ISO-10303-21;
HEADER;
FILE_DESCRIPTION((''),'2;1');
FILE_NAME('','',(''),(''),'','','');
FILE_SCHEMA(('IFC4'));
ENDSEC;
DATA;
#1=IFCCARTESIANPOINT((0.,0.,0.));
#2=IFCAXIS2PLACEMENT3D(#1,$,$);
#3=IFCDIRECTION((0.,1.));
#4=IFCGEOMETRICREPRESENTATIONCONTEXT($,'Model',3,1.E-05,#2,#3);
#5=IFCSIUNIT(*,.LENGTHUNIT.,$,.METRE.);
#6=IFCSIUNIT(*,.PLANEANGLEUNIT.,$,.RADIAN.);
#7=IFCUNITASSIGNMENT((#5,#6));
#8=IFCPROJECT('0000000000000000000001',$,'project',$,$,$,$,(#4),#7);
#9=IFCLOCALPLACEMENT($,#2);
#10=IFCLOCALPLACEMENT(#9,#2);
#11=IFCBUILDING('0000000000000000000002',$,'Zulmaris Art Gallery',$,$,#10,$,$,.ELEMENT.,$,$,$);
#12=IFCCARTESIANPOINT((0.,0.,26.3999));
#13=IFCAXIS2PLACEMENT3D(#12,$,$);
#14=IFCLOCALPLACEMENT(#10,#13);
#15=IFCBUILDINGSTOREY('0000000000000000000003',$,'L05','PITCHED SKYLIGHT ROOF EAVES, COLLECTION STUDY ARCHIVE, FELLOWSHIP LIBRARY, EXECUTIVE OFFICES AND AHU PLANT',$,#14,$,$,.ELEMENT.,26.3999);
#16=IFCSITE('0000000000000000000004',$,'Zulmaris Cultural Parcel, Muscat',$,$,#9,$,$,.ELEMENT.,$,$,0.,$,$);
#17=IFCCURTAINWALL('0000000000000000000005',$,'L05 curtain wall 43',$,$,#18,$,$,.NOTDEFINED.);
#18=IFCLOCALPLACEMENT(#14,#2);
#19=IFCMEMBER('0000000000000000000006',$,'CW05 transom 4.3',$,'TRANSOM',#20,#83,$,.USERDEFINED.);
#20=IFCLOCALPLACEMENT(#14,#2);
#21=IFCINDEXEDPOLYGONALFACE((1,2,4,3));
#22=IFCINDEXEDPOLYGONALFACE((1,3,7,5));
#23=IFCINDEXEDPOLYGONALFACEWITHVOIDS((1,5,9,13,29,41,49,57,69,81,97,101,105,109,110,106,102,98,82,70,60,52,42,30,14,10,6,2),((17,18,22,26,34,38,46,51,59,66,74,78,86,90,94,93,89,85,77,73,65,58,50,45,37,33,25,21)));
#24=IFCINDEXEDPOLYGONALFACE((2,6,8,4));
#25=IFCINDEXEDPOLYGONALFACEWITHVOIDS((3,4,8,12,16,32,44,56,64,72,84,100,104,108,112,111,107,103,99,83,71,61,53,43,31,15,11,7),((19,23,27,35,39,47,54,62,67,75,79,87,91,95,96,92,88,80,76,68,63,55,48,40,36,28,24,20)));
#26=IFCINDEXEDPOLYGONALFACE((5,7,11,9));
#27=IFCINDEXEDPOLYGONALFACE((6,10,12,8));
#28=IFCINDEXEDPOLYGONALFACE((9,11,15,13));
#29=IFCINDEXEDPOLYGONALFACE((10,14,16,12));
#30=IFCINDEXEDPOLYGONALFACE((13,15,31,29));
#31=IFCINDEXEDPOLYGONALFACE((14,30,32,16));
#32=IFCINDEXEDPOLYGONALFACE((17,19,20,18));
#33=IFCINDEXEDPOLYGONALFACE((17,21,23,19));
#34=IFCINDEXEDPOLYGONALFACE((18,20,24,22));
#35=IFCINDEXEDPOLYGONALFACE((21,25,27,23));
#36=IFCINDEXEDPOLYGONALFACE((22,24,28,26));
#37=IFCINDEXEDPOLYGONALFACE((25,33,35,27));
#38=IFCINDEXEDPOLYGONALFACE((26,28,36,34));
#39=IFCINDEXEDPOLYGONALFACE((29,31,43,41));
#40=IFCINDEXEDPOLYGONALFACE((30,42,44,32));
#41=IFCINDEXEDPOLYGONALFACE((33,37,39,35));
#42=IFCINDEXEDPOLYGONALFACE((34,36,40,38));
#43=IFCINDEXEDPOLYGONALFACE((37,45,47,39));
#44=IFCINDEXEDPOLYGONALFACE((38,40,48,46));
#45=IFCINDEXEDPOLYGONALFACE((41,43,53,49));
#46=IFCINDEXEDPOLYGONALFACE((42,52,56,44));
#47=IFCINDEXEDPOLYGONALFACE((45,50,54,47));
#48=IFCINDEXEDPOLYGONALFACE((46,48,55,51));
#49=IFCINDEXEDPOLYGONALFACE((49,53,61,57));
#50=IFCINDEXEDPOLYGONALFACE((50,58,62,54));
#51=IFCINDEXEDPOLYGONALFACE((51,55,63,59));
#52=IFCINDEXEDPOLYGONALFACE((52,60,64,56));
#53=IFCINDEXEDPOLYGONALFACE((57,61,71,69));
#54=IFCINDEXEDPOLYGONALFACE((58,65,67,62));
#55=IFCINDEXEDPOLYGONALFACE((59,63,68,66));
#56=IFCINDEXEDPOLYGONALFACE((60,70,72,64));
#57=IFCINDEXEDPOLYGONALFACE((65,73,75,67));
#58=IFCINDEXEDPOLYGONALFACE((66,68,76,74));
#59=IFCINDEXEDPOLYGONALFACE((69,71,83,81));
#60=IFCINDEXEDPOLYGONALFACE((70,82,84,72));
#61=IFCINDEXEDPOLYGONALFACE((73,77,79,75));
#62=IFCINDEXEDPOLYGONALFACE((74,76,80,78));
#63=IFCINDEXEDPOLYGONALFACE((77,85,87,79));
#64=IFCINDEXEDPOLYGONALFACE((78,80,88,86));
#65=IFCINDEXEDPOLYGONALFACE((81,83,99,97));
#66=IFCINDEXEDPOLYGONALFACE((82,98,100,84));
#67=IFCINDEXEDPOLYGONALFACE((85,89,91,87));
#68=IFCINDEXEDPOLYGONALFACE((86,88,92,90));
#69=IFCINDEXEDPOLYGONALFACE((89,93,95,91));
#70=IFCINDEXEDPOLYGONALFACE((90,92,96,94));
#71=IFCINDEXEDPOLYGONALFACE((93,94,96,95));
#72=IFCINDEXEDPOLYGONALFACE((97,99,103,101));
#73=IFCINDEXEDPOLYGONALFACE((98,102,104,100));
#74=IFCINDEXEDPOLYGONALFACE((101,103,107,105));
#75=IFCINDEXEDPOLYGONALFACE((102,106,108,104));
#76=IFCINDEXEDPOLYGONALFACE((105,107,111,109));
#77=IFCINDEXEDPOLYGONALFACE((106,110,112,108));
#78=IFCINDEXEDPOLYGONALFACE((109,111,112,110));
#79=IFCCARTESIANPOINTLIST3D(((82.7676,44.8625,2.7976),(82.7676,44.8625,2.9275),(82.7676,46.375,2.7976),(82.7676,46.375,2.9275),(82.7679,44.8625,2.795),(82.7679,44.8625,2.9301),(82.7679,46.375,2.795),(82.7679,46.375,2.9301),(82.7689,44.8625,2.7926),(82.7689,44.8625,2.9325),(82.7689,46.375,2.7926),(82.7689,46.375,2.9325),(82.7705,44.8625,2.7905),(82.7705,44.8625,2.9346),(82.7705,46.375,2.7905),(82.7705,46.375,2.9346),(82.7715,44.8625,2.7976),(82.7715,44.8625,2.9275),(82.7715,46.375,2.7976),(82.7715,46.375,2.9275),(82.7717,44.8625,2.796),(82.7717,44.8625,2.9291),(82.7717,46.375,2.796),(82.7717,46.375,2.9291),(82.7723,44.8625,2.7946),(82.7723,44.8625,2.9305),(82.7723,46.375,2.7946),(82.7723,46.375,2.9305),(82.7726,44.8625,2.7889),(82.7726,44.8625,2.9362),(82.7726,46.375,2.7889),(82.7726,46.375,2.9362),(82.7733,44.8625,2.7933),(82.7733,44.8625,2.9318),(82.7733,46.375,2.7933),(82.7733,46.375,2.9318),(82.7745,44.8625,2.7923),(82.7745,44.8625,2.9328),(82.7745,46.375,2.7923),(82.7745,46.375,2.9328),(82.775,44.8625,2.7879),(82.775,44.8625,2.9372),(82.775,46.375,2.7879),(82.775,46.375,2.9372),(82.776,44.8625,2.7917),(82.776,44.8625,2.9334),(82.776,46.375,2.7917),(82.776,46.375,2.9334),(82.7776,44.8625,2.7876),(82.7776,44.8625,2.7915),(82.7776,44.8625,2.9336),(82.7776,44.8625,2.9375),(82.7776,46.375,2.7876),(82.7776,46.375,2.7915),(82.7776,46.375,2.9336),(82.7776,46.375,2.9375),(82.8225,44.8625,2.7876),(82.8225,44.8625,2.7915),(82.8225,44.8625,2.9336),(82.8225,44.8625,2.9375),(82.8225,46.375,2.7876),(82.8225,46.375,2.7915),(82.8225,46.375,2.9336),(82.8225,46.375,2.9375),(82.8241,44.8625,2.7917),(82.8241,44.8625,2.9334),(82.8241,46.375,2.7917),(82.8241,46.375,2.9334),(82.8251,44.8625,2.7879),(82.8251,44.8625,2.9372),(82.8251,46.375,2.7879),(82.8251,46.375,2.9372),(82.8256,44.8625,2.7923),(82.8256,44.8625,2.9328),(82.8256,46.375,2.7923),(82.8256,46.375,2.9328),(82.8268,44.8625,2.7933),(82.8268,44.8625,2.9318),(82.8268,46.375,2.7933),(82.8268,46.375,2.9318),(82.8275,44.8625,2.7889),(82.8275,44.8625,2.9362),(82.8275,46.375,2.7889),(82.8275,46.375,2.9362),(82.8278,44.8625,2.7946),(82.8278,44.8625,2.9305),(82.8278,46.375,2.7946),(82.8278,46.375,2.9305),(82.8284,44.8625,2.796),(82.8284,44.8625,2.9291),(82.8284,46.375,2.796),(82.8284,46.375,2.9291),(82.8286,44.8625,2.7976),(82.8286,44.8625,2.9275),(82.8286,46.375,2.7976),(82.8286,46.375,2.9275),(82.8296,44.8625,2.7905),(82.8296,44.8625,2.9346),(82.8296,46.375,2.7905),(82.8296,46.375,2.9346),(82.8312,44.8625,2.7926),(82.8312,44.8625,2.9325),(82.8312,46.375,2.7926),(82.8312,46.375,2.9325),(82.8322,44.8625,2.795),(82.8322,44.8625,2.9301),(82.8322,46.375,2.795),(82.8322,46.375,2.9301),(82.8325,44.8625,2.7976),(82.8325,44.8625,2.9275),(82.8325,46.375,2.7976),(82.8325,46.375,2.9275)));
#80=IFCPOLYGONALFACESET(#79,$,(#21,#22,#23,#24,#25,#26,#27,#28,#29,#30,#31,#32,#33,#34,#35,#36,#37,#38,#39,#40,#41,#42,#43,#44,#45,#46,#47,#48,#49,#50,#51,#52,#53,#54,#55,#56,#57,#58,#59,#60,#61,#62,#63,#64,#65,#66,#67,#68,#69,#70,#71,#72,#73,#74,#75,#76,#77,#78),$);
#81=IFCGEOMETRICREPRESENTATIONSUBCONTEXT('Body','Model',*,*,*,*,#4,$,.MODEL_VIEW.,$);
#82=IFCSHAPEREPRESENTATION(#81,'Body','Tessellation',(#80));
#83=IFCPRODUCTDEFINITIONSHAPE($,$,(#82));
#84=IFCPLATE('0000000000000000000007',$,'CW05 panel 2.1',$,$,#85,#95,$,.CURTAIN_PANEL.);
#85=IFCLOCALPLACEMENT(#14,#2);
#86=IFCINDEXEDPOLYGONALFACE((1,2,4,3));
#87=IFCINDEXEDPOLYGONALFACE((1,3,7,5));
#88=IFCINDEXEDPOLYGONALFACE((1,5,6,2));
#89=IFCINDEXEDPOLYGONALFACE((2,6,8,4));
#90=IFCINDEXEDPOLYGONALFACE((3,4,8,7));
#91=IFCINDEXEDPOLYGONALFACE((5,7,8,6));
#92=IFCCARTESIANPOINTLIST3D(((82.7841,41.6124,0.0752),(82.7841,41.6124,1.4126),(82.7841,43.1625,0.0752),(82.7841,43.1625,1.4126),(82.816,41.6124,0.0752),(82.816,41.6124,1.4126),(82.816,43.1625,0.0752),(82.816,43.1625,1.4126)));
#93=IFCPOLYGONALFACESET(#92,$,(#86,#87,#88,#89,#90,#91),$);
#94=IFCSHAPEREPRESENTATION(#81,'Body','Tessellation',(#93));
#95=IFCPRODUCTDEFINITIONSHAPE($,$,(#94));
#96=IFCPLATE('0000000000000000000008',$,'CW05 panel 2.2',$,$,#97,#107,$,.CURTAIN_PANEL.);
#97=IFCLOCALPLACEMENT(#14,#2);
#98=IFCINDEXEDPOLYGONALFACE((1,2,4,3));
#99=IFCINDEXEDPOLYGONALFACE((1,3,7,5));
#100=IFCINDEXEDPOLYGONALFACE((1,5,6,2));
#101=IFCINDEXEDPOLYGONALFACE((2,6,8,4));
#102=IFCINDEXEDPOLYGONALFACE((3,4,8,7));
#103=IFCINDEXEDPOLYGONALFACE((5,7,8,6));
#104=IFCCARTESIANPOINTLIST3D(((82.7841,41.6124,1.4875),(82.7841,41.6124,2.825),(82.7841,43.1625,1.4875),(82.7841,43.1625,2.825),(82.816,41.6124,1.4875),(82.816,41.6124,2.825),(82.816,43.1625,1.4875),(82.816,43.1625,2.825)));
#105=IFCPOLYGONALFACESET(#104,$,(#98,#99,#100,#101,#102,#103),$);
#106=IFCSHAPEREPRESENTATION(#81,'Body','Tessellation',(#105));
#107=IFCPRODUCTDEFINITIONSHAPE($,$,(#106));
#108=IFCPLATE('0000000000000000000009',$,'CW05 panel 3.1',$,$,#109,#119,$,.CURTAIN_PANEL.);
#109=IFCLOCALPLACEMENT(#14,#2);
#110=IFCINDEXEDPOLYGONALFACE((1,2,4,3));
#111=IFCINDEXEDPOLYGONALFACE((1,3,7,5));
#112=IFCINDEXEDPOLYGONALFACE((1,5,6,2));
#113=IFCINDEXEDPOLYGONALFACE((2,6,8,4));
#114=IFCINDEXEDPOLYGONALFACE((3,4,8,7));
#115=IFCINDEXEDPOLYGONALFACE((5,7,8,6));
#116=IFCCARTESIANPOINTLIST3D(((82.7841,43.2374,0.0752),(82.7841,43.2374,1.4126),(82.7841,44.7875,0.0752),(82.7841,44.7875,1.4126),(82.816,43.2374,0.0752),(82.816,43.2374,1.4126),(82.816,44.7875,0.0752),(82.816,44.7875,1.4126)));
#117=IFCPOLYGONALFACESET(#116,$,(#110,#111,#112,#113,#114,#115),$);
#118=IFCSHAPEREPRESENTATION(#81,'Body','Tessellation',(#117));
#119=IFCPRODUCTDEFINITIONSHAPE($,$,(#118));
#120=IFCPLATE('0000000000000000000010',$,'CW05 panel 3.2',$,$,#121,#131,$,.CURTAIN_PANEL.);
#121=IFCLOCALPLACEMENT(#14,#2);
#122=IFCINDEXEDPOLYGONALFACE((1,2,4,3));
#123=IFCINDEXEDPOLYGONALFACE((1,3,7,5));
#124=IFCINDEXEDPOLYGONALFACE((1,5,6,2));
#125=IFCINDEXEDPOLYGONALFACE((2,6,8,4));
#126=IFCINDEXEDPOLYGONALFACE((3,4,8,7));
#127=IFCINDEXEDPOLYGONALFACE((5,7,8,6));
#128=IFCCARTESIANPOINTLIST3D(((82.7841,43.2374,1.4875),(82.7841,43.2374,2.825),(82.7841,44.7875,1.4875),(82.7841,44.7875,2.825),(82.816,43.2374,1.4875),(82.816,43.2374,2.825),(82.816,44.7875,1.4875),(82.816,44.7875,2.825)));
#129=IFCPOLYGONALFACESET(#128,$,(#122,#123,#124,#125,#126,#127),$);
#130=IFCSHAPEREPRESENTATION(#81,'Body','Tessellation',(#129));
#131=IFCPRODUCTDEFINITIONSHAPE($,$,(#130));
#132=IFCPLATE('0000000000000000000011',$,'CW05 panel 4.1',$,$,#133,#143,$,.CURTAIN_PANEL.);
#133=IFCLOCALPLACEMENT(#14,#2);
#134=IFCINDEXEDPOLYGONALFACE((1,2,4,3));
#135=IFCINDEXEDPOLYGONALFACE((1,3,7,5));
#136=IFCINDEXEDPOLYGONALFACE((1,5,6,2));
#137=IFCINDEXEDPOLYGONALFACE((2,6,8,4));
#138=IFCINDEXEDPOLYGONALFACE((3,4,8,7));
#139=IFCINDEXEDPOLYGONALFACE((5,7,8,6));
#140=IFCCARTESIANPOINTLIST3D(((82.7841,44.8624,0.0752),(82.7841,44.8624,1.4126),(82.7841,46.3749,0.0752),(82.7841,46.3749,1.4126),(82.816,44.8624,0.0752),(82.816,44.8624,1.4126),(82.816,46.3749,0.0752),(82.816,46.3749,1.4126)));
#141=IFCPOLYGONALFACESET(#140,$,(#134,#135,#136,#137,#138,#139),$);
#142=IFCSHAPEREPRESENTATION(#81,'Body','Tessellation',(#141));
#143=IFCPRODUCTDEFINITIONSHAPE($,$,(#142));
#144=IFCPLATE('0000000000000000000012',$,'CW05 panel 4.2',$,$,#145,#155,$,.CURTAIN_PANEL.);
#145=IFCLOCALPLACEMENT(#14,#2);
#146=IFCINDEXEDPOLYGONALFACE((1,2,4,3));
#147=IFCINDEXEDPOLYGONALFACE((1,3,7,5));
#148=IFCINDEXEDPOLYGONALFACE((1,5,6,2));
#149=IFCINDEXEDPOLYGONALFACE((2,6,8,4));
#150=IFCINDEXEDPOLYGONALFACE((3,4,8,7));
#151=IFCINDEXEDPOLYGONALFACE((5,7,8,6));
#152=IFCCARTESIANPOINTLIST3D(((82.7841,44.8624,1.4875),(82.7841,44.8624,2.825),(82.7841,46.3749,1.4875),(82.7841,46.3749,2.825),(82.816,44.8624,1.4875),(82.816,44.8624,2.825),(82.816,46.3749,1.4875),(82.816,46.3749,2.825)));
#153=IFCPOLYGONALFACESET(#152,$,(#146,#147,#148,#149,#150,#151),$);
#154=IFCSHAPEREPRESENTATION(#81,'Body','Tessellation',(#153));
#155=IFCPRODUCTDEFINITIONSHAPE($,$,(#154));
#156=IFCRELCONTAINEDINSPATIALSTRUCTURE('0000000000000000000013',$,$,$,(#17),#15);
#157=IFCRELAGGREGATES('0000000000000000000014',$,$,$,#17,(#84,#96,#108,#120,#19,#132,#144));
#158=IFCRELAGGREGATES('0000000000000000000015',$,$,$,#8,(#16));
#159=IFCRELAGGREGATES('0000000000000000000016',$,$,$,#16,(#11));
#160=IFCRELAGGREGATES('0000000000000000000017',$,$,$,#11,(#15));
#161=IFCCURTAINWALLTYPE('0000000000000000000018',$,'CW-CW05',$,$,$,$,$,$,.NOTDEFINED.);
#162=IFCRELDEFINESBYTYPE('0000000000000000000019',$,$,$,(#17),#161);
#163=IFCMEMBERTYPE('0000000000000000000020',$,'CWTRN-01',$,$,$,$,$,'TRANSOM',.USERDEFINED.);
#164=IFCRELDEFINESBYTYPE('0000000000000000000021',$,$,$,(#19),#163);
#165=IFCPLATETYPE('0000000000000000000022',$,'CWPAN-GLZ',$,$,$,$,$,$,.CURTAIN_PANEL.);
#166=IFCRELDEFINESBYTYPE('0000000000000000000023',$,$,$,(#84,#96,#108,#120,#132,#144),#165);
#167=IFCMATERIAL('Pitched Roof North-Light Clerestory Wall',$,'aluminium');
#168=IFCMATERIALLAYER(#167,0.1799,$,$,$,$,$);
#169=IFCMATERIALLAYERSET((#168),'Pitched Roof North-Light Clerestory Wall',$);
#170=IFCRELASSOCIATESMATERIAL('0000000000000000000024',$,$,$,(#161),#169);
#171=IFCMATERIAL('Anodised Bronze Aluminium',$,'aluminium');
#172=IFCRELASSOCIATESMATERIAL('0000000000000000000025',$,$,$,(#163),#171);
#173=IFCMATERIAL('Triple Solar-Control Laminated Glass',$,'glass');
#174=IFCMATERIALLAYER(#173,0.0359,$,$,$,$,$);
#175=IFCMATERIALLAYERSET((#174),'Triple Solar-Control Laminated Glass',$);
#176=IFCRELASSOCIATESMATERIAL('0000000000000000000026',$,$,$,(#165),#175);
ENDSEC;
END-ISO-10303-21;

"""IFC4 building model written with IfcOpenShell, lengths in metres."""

from ifc_helpers import new_model, si_unit, direction, frame, origin, origin_2d, place, context, subcontext, project, spatial, rectangle, hollow_rectangle, extrude, material, layer, layer_set, material_profile, profile_set, type_object, element, aggregate, save


model = new_model("IFC4")

# Units and contexts
model_context = context("Model", 3, precision=1e-05, world=origin(), true_north=direction((0.0, 1.0)))
body_context = subcontext(model_context, "Body", "Model", "MODEL_VIEW")
ifc_project = project(units=[si_unit("LENGTHUNIT", "METRE"), si_unit("PLANEANGLEUNIT", "RADIAN")], contexts=[model_context])

# Site, building, storey
site_placement = place(None, origin())
site = spatial("IfcSite", under=ifc_project, at=site_placement, Name="Zulmaris Cultural Parcel, Muscat", CompositionType="ELEMENT", RefElevation=0.0)
building_placement = place(site_placement, origin())
building = spatial("IfcBuilding", under=site, at=building_placement, Name="Zulmaris Art Gallery", CompositionType="ELEMENT")
storey_placement = place(building_placement, frame((0.0, 0.0, 26.3999)))
storey = spatial("IfcBuildingStorey", under=building, at=storey_placement, Name="L05", Description="PITCHED SKYLIGHT ROOF EAVES, COLLECTION STUDY ARCHIVE, FELLOWSHIP LIBRARY, EXECUTIVE OFFICES AND AHU PLANT", CompositionType="ELEMENT", Elevation=26.3999)

# Curtain wall, member, plates
ifc_material_1 = material(Name="Pitched Roof North-Light Clerestory Wall", Category="aluminium")
ifc_layer_1 = layer(ifc_material_1, 0.1799)
ifc_layer_set_1 = layer_set([ifc_layer_1], Name="Pitched Roof North-Light Clerestory Wall")
curtain_wall_type = type_object("IfcCurtainWallType", Name="CW-CW05", PredefinedType="NOTDEFINED", material=ifc_layer_set_1)
curtain_wall_placement = place(storey_placement, origin())
curtain_wall = element("IfcCurtainWall", 1, at=curtain_wall_placement, inside=storey, type_object=curtain_wall_type, Name="L05 curtain wall 43", PredefinedType="NOTDEFINED")
ifc_material_2 = material(Name="Anodised Bronze Aluminium", Category="aluminium")
ifc_material_profile_1 = material_profile(ifc_material_2, hollow_rectangle(XDim=0.0649, YDim=0.1499, WallThickness=0.0039, InnerFilletRadius=0.0061, OuterFilletRadius=0.01, at=origin_2d()), Name="ALU 65x150x4")
ifc_profile_set_1 = profile_set([ifc_material_profile_1], Name="Anodised Bronze Aluminium")
member_type_1 = type_object("IfcMemberType", Name="CWTRN-01", ElementType="TRANSOM", PredefinedType="USERDEFINED", material=ifc_profile_set_1)
member_1_placement = place(storey_placement, frame((82.8, 44.8625, 2.8625), z_axis=(0.0, 1.0, 0.0), x_axis=(-1.0, 0.0, 0.0)))
member_1 = element("IfcMember", 2, at=member_1_placement, type_object=member_type_1, Name="CW05 transom 4.3", ObjectType="TRANSOM", PredefinedType="USERDEFINED", context=body_context, shape_type="SweptSolid", body=[
    extrude(hollow_rectangle(XDim=0.0649, YDim=0.1499, WallThickness=0.0039, InnerFilletRadius=0.0061, OuterFilletRadius=0.01, at=origin_2d()), origin(), (0.0, 0.0, 1.0), 1.5125),
])
ifc_material_3 = material(Name="Triple Solar-Control Laminated Glass", Category="glass")
ifc_layer_2 = layer(ifc_material_3, 0.0359)
ifc_layer_set_2 = layer_set([ifc_layer_2], Name="Triple Solar-Control Laminated Glass")
plate_type = type_object("IfcPlateType", Name="CWPAN-GLZ", PredefinedType="CURTAIN_PANEL", material=ifc_layer_set_2)
plate_1_placement = place(storey_placement, frame((82.8, 42.3875, 0.0752), z_axis=(0.0, 0.0, 1.0), x_axis=(0.0, 1.0, 0.0)))
plate_1 = element("IfcPlate", 3, at=plate_1_placement, type_object=plate_type, Name="CW05 panel 2.1", PredefinedType="CURTAIN_PANEL", context=body_context, shape_type="SweptSolid", body=[
    extrude(rectangle(XDim=1.55, YDim=0.032, at=origin_2d()), origin(), (0.0, 0.0, 1.0), 1.3374),
])
plate_2_placement = place(storey_placement, frame((82.8, 42.3875, 1.4875), z_axis=(0.0, 0.0, 1.0), x_axis=(0.0, 1.0, 0.0)))
plate_2 = element("IfcPlate", 4, at=plate_2_placement, type_object=plate_type, Name="CW05 panel 2.2", PredefinedType="CURTAIN_PANEL", context=body_context, shape_type="SweptSolid", body=[
    extrude(rectangle(XDim=1.55, YDim=0.032, at=origin_2d()), origin(), (0.0, 0.0, 1.0), 1.3374),
])
plate_3_placement = place(storey_placement, frame((82.8, 44.0125, 0.0752), z_axis=(0.0, 0.0, 1.0), x_axis=(0.0, 1.0, 0.0)))
plate_3 = element("IfcPlate", 5, at=plate_3_placement, type_object=plate_type, Name="CW05 panel 3.1", PredefinedType="CURTAIN_PANEL", context=body_context, shape_type="SweptSolid", body=[
    extrude(rectangle(XDim=1.55, YDim=0.032, at=origin_2d()), origin(), (0.0, 0.0, 1.0), 1.3374),
])
plate_4_placement = place(storey_placement, frame((82.8, 44.0125, 1.4875), z_axis=(0.0, 0.0, 1.0), x_axis=(0.0, 1.0, 0.0)))
plate_4 = element("IfcPlate", 6, at=plate_4_placement, type_object=plate_type, Name="CW05 panel 3.2", PredefinedType="CURTAIN_PANEL", context=body_context, shape_type="SweptSolid", body=[
    extrude(rectangle(XDim=1.55, YDim=0.032, at=origin_2d()), origin(), (0.0, 0.0, 1.0), 1.3374),
])
plate_5_placement = place(storey_placement, frame((82.8, 45.6187, 0.0752), z_axis=(0.0, 0.0, 1.0), x_axis=(0.0, 1.0, 0.0)))
plate_5 = element("IfcPlate", 7, at=plate_5_placement, type_object=plate_type, Name="CW05 panel 4.1", PredefinedType="CURTAIN_PANEL", context=body_context, shape_type="SweptSolid", body=[
    extrude(rectangle(XDim=1.5125, YDim=0.032, at=origin_2d()), origin(), (0.0, 0.0, 1.0), 1.3374),
])
plate_6_placement = place(storey_placement, frame((82.8, 45.6187, 1.4875), z_axis=(0.0, 0.0, 1.0), x_axis=(0.0, 1.0, 0.0)))
plate_6 = element("IfcPlate", 8, at=plate_6_placement, type_object=plate_type, Name="CW05 panel 4.2", PredefinedType="CURTAIN_PANEL", context=body_context, shape_type="SweptSolid", body=[
    extrude(rectangle(XDim=1.5125, YDim=0.032, at=origin_2d()), origin(), (0.0, 0.0, 1.0), 1.3374),
])
aggregate(curtain_wall, [plate_1, plate_2, plate_3, plate_4, member_1, plate_5, plate_6])

save(model, "model.ifc")
